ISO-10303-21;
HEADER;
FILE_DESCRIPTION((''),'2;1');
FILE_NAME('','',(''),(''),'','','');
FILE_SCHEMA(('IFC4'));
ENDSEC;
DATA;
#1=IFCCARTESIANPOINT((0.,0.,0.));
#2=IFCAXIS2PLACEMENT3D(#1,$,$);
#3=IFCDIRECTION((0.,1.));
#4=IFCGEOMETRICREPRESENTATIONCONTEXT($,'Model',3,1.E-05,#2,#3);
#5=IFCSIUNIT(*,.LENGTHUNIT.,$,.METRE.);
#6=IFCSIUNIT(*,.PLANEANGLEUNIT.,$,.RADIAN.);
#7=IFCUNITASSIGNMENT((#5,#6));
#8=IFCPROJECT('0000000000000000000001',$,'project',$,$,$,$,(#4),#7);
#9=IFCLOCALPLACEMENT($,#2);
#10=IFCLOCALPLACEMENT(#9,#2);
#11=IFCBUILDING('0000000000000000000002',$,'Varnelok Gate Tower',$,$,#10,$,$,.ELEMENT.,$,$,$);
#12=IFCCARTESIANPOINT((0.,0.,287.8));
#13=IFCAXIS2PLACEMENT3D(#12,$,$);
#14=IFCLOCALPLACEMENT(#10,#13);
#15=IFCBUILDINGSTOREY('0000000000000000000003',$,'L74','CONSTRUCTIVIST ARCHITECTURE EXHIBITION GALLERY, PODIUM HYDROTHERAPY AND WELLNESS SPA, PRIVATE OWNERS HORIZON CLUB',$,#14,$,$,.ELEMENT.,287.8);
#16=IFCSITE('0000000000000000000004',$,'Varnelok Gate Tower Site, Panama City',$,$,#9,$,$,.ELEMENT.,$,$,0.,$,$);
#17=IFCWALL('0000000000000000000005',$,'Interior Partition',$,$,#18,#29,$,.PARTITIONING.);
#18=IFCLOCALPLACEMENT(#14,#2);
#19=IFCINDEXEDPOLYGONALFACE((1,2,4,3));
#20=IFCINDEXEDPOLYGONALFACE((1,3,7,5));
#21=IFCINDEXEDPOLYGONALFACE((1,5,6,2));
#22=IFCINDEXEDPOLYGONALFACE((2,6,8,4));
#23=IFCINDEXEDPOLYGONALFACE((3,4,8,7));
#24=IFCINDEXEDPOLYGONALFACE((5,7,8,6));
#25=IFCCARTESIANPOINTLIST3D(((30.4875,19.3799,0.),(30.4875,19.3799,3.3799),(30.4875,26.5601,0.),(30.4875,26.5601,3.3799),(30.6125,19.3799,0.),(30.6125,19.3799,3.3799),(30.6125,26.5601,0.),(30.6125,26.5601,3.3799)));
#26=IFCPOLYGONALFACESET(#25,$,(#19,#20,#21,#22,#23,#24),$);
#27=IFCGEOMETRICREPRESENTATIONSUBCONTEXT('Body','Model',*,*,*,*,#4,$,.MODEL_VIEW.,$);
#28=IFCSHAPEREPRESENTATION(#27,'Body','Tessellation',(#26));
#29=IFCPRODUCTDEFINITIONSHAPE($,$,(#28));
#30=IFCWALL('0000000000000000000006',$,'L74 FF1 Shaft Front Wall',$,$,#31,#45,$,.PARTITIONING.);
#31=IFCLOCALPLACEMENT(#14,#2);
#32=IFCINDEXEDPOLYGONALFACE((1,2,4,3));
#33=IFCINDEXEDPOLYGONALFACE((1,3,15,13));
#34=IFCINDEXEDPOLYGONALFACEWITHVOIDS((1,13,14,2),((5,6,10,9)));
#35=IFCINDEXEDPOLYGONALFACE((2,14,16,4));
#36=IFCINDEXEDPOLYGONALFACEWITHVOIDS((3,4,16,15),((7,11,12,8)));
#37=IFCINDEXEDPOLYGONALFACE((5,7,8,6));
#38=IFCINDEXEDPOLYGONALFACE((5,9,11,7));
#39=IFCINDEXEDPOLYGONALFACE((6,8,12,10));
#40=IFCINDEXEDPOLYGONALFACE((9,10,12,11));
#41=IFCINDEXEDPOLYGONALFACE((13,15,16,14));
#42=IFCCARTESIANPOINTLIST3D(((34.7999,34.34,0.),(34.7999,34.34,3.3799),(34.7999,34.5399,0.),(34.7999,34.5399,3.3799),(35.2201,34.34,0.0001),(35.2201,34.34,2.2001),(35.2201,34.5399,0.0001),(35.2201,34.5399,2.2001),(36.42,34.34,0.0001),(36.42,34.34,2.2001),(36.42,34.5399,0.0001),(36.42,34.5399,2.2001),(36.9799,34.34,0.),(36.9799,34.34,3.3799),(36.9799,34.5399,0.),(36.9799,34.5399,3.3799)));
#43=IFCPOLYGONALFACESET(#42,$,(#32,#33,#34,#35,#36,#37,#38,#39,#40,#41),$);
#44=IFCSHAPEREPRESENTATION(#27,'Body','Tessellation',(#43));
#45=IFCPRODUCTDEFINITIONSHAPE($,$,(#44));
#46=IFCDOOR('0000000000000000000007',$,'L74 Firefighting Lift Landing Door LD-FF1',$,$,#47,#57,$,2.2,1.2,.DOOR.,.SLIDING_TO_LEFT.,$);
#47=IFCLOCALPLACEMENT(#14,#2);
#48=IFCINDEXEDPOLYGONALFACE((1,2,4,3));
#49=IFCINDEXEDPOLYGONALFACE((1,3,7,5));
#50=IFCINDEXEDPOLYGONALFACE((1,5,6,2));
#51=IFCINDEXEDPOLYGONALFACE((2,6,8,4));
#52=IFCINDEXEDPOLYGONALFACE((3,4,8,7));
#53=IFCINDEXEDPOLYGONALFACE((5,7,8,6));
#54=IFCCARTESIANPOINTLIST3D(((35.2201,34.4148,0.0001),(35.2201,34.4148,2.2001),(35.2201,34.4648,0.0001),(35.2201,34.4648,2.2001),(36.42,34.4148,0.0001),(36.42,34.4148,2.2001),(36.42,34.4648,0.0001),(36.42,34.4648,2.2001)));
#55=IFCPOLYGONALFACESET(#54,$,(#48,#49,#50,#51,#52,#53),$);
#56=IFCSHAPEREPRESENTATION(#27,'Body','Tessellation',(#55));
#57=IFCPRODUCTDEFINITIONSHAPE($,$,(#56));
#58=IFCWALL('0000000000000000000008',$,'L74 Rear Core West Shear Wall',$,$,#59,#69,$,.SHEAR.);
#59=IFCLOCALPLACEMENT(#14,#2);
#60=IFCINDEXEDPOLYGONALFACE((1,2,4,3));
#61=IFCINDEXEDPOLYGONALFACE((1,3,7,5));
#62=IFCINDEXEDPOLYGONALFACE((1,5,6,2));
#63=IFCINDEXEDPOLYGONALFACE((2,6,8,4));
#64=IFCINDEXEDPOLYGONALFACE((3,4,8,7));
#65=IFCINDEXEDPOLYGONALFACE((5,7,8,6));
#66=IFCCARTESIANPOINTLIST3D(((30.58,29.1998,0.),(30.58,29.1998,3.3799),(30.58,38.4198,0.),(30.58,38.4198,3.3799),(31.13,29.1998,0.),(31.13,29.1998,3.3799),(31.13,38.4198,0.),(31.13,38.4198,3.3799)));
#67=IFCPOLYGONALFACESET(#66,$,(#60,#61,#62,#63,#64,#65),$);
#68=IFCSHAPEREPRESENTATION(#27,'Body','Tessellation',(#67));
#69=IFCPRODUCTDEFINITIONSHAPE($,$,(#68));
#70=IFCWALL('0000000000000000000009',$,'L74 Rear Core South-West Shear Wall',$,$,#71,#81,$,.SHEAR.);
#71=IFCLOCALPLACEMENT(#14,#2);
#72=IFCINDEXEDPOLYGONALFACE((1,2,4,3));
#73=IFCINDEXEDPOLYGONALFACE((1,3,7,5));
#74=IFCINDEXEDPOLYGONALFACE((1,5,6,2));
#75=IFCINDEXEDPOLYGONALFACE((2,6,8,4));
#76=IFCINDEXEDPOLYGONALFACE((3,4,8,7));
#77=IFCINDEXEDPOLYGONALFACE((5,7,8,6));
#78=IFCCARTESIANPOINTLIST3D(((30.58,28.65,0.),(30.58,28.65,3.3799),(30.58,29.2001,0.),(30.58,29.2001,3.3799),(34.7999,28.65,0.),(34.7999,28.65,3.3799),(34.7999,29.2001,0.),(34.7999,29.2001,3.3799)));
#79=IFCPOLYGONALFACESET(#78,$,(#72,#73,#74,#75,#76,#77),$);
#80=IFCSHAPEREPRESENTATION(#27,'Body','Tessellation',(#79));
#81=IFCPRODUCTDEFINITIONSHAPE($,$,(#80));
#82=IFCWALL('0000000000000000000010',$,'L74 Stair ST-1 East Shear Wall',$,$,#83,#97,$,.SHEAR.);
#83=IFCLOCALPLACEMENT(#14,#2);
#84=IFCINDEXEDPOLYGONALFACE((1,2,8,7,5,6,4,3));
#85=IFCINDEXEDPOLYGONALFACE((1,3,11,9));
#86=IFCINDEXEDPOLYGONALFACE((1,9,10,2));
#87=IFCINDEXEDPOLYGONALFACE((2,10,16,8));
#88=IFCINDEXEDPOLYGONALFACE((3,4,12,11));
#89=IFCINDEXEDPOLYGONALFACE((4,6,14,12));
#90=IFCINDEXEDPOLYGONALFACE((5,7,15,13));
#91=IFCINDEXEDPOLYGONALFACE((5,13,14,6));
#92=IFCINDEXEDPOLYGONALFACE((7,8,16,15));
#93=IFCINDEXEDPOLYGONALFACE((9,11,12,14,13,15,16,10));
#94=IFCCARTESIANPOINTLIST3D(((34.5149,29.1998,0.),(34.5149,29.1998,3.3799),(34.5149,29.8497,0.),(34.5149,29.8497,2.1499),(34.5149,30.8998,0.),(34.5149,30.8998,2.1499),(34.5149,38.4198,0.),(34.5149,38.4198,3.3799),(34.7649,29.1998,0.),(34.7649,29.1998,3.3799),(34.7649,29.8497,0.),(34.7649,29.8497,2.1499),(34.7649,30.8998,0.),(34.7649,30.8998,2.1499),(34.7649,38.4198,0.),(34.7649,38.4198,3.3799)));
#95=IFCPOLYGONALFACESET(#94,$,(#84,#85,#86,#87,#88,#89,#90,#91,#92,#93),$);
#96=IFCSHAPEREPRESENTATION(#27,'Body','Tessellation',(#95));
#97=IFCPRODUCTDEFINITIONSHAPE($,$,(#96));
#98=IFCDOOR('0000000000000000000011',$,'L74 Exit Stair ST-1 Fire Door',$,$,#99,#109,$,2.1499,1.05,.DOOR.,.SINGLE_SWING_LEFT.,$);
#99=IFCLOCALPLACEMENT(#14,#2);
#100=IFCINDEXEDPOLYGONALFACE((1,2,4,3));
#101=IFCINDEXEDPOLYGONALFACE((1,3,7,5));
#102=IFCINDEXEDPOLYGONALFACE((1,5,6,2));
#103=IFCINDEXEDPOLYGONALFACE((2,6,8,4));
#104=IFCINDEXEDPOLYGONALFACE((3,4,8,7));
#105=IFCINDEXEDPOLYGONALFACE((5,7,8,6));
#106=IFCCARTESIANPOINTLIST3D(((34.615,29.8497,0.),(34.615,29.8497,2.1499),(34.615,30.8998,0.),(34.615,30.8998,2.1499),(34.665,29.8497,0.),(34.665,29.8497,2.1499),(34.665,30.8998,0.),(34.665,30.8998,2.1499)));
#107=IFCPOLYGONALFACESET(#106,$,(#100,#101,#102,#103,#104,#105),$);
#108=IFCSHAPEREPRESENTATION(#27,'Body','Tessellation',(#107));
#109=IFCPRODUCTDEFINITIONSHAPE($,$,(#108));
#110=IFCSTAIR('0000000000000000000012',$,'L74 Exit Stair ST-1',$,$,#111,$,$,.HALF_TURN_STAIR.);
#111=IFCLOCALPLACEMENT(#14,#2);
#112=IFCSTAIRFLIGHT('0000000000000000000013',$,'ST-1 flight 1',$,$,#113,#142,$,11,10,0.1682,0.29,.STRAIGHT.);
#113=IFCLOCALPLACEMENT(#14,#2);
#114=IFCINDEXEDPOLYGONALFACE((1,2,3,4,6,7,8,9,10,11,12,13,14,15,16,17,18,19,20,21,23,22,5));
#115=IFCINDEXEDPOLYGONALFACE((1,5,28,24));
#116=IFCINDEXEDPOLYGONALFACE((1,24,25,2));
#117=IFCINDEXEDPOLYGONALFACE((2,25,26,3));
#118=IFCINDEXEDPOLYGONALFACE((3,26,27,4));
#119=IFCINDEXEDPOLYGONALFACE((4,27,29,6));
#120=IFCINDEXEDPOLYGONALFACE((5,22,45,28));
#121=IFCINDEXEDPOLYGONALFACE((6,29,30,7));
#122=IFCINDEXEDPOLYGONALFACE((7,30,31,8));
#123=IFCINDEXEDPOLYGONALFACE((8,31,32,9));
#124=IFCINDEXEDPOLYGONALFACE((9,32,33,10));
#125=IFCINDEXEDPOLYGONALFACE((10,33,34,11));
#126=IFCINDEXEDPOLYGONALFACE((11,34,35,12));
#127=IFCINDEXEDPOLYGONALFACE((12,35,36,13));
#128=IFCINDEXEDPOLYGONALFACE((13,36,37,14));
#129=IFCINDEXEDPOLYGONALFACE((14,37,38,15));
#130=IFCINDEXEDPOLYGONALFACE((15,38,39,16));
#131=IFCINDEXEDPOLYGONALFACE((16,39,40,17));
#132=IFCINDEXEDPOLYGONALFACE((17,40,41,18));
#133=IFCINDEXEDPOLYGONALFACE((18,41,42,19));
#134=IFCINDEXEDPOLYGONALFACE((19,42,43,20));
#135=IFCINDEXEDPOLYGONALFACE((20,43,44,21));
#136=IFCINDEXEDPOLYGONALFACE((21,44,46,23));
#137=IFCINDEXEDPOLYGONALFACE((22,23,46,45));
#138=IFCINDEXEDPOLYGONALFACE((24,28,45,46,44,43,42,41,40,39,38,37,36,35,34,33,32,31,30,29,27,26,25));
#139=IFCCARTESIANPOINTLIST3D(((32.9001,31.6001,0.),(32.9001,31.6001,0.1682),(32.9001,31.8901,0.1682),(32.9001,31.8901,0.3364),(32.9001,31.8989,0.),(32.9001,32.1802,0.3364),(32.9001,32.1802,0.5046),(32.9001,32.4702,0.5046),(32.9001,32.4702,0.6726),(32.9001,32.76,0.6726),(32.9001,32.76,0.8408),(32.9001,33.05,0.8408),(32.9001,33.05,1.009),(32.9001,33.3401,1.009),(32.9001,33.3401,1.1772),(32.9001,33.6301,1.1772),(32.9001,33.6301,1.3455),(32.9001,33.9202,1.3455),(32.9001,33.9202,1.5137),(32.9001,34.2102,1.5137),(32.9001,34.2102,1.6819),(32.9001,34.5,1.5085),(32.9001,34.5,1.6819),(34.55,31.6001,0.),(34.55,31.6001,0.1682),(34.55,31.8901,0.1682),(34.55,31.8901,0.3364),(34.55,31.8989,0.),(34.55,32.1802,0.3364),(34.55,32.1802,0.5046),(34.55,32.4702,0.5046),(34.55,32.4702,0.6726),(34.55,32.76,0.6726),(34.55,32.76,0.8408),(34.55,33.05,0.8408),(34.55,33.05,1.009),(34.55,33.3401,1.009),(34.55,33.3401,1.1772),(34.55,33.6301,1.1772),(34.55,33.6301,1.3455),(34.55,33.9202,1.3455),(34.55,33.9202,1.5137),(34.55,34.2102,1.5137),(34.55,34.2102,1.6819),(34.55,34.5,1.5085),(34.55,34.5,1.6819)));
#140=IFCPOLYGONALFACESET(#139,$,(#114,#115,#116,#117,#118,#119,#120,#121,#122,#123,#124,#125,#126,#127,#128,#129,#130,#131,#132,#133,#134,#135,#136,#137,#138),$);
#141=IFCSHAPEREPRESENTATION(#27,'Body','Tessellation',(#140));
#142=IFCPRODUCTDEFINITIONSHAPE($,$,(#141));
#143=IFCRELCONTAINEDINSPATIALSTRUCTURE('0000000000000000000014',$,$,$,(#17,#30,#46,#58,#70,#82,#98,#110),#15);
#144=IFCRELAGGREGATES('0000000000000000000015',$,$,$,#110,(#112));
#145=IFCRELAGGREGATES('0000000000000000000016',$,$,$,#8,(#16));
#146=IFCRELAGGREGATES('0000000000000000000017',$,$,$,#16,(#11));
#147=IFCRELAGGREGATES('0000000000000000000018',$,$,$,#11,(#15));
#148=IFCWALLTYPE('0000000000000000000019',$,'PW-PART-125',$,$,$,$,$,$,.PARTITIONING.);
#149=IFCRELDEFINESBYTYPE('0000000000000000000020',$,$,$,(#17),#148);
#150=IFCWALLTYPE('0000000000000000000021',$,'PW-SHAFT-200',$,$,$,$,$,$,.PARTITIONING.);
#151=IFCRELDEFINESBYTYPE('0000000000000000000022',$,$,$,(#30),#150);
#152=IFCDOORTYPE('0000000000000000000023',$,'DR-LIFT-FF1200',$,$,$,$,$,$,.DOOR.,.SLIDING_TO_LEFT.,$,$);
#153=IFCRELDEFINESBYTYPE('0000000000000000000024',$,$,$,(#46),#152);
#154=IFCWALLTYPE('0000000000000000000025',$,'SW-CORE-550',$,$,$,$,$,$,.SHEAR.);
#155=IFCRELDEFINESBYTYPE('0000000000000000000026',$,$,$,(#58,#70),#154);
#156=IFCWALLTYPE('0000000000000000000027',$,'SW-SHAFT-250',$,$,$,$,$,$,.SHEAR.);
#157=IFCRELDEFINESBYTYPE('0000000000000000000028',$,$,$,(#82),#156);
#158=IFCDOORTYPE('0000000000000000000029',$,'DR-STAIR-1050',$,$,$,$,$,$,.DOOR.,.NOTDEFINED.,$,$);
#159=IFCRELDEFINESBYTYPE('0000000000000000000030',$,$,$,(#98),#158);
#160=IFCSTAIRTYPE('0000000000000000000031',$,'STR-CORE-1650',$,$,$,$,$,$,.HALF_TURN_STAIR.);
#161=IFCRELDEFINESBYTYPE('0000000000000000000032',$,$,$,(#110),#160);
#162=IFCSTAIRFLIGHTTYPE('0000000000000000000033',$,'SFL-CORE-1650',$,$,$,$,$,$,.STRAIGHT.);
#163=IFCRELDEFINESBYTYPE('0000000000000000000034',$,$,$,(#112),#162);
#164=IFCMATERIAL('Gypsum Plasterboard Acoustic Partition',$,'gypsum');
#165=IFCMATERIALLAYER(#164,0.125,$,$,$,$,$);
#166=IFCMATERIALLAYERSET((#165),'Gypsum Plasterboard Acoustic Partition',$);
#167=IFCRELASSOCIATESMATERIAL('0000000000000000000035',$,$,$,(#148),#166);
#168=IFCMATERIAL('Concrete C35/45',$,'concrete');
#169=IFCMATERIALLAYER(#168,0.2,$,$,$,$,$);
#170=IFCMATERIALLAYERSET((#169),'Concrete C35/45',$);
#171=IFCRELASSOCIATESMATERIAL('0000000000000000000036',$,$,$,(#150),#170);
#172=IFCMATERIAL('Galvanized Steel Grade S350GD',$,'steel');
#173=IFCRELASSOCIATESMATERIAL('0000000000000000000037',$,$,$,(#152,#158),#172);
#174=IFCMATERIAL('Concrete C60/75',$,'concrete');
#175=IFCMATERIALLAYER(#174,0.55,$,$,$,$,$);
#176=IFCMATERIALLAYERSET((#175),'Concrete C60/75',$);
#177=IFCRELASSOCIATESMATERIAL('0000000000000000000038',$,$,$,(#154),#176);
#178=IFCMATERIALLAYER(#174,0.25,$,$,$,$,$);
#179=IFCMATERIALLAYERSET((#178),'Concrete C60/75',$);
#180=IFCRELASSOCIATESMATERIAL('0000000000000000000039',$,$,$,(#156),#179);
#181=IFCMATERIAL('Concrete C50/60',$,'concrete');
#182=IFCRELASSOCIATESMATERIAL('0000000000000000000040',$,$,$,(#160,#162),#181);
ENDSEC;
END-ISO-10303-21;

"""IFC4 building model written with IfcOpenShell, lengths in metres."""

from ifc_helpers import new_model, si_unit, direction, frame, frame_2d, origin, place, context, subcontext, project, spatial, polyline, rectangle, outline, extrude, material, layer, layer_set, type_object, element, fill, aggregate, save


model = new_model("IFC4")

# Units and contexts
model_context = context("Model", 3, precision=1e-05, world=origin(), true_north=direction((0.0, 1.0)))
body_context = subcontext(model_context, "Body", "Model", "MODEL_VIEW")
ifc_project = project(units=[si_unit("LENGTHUNIT", "METRE"), si_unit("PLANEANGLEUNIT", "RADIAN")], contexts=[model_context])

# Site, building, storey
site_placement = place(None, origin())
site = spatial("IfcSite", under=ifc_project, at=site_placement, Name="Varnelok Gate Tower Site, Panama City", CompositionType="ELEMENT", RefElevation=0.0)
building_placement = place(site_placement, origin())
building = spatial("IfcBuilding", under=site, at=building_placement, Name="Varnelok Gate Tower", CompositionType="ELEMENT")
storey_placement = place(building_placement, frame((0.0, 0.0, 287.8)))
storey = spatial("IfcBuildingStorey", under=building, at=storey_placement, Name="L74", Description="CONSTRUCTIVIST ARCHITECTURE EXHIBITION GALLERY, PODIUM HYDROTHERAPY AND WELLNESS SPA, PRIVATE OWNERS HORIZON CLUB", CompositionType="ELEMENT", Elevation=287.8)

# Shared definitions
ifc_material_1 = material(Name="Concrete C50/60", Category="concrete")

# Shared definitions
ifc_material_2 = material(Name="Concrete C60/75", Category="concrete")

# Wall
ifc_material_3 = material(Name="Gypsum Plasterboard Acoustic Partition", Category="gypsum")
ifc_layer_1 = layer(ifc_material_3, 0.125)
ifc_layer_set_1 = layer_set([ifc_layer_1], Name="Gypsum Plasterboard Acoustic Partition")
wall_type_1 = type_object("IfcWallType", Name="PW-PART-125", PredefinedType="PARTITIONING", material=ifc_layer_set_1)
wall_1_placement = place(storey_placement, frame((30.55, 19.3799, 0.0), z_axis=(0.0, 0.0, 1.0), x_axis=(0.0, 1.0, 0.0)))
element("IfcWall", 1, at=wall_1_placement, inside=storey, type_object=wall_type_1, Name="Interior Partition", PredefinedType="PARTITIONING", context=body_context, shape_type="SweptSolid", body=[
    extrude(rectangle(XDim=7.1802, YDim=0.125, at=frame_2d((3.5901, 0.0))), origin(), (0.0, 0.0, 1.0), 3.3799),
])

# Wall, opening, door
ifc_material_4 = material(Name="Concrete C35/45", Category="concrete")
ifc_layer_2 = layer(ifc_material_4, 0.2)
ifc_layer_set_2 = layer_set([ifc_layer_2], Name="Concrete C35/45")
wall_type_2 = type_object("IfcWallType", Name="PW-SHAFT-200", PredefinedType="PARTITIONING", material=ifc_layer_set_2)
wall_2_placement = place(storey_placement, frame((34.8, 34.4399, 0.0), z_axis=(0.0, 0.0, 1.0), x_axis=(1.0, 0.0, 0.0)))
wall_2 = element("IfcWall", 2, at=wall_2_placement, inside=storey, type_object=wall_type_2, Name="L74 FF1 Shaft Front Wall", PredefinedType="PARTITIONING", context=body_context, shape_type="SweptSolid", body=[
    extrude(rectangle(XDim=2.1799, YDim=0.2, at=frame_2d((1.0898, 0.0))), origin(), (0.0, 0.0, 1.0), 3.3799),
])
opening_1_placement = place(wall_2_placement, frame((0.4199, 0.0, 0.0)))
opening_1 = element("IfcOpeningElement", 3, at=opening_1_placement, cuts=wall_2, PredefinedType="OPENING", context=body_context, shape_type="SweptSolid", body=[
    extrude(rectangle(XDim=1.2, YDim=2.2, at=frame_2d((0.6001, 1.1001))), frame((0.0, 0.1099, 0.0), z_axis=(0.0, -1.0, 0.0), x_axis=(1.0, 0.0, 0.0)), (0.0, 0.0, 1.0), 0.22),
])
ifc_material_5 = material(Name="Galvanized Steel Grade S350GD", Category="steel")
door_type_1 = type_object("IfcDoorType", Name="DR-LIFT-FF1200", OperationType="SLIDING_TO_LEFT", PredefinedType="DOOR", material=ifc_material_5)
door_1_placement = place(opening_1_placement, origin())
door_1 = element("IfcDoor", 4, at=door_1_placement, inside=storey, type_object=door_type_1, Name="L74 Firefighting Lift Landing Door LD-FF1", OperationType="SLIDING_TO_LEFT", OverallHeight=2.2, OverallWidth=1.2, PredefinedType="DOOR", context=body_context, shape_type="SweptSolid", body=[
    extrude(rectangle(XDim=1.2, YDim=2.2, at=frame_2d((0.6001, 1.1001))), frame((0.0, 0.0249, 0.0), z_axis=(0.0, -1.0, 0.0), x_axis=(1.0, 0.0, 0.0)), (0.0, 0.0, 1.0), 0.05),
])
fill(opening_1, door_1)

# Walls
ifc_layer_3 = layer(ifc_material_2, 0.55)
ifc_layer_set_3 = layer_set([ifc_layer_3], Name="Concrete C60/75")
wall_type_3 = type_object("IfcWallType", Name="SW-CORE-550", PredefinedType="SHEAR", material=ifc_layer_set_3)
wall_3_placement = place(storey_placement, frame((30.855, 29.2, 0.0), z_axis=(0.0, 0.0, 1.0), x_axis=(0.0, 1.0, 0.0)))
element("IfcWall", 5, at=wall_3_placement, inside=storey, type_object=wall_type_3, Name="L74 Rear Core West Shear Wall", PredefinedType="SHEAR", context=body_context, shape_type="SweptSolid", body=[
    extrude(rectangle(XDim=9.22, YDim=0.55, at=frame_2d((4.6099, 0.0))), origin(), (0.0, 0.0, 1.0), 3.3799),
])
wall_4_placement = place(storey_placement, frame((30.5801, 28.925, 0.0), z_axis=(0.0, 0.0, 1.0), x_axis=(1.0, 0.0, 0.0)))
element("IfcWall", 6, at=wall_4_placement, inside=storey, type_object=wall_type_3, Name="L74 Rear Core South-West Shear Wall", PredefinedType="SHEAR", context=body_context, shape_type="SweptSolid", body=[
    extrude(rectangle(XDim=4.22, YDim=0.55, at=frame_2d((2.1099, 0.0))), origin(), (0.0, 0.0, 1.0), 3.3799),
])

# Wall, opening, door
ifc_layer_4 = layer(ifc_material_2, 0.25)
ifc_layer_set_4 = layer_set([ifc_layer_4], Name="Concrete C60/75")
wall_type_4 = type_object("IfcWallType", Name="SW-SHAFT-250", PredefinedType="SHEAR", material=ifc_layer_set_4)
wall_5_placement = place(storey_placement, frame((34.6399, 29.2, 0.0), z_axis=(0.0, 0.0, 1.0), x_axis=(0.0, 1.0, 0.0)))
wall_5 = element("IfcWall", 7, at=wall_5_placement, inside=storey, type_object=wall_type_4, Name="L74 Stair ST-1 East Shear Wall", PredefinedType="SHEAR", context=body_context, shape_type="SweptSolid", body=[
    extrude(rectangle(XDim=9.22, YDim=0.25, at=frame_2d((4.6099, 0.0))), origin(), (0.0, 0.0, 1.0), 3.3799),
])
opening_2_placement = place(wall_5_placement, frame((0.6499, 0.0, 0.0)))
opening_2 = element("IfcOpeningElement", 8, at=opening_2_placement, cuts=wall_5, PredefinedType="OPENING", context=body_context, shape_type="SweptSolid", body=[
    extrude(rectangle(XDim=1.05, YDim=2.1499, at=frame_2d((0.5249, 1.075))), frame((0.0, 0.135, 0.0), z_axis=(0.0, -1.0, 0.0), x_axis=(1.0, 0.0, 0.0)), (0.0, 0.0, 1.0), 0.27),
])
door_type_2 = type_object("IfcDoorType", Name="DR-STAIR-1050", OperationType="NOTDEFINED", PredefinedType="DOOR", material=ifc_material_5)
door_2_placement = place(opening_2_placement, origin())
door_2 = element("IfcDoor", 9, at=door_2_placement, inside=storey, type_object=door_type_2, Name="L74 Exit Stair ST-1 Fire Door", OperationType="SINGLE_SWING_LEFT", OverallHeight=2.1499, OverallWidth=1.05, PredefinedType="DOOR", context=body_context, shape_type="SweptSolid", body=[
    extrude(rectangle(XDim=1.05, YDim=2.1499, at=frame_2d((0.5249, 1.075))), frame((0.0, 0.0249, 0.0), z_axis=(0.0, -1.0, 0.0), x_axis=(1.0, 0.0, 0.0)), (0.0, 0.0, 1.0), 0.05),
])
fill(opening_2, door_2)

# Stair, stair flight
stair_type = type_object("IfcStairType", Name="STR-CORE-1650", PredefinedType="HALF_TURN_STAIR", material=ifc_material_1)
stair_placement = place(storey_placement, origin())
stair = element("IfcStair", 10, at=stair_placement, inside=storey, type_object=stair_type, Name="L74 Exit Stair ST-1", PredefinedType="HALF_TURN_STAIR")
stair_flight_type = type_object("IfcStairFlightType", Name="SFL-CORE-1650", PredefinedType="STRAIGHT", material=ifc_material_1)
stair_flight_placement = place(storey_placement, frame((33.7251, 31.6001, 0.0), z_axis=(0.0, 0.0, 1.0), x_axis=(0.0, 1.0, 0.0)))
stair_flight = element("IfcStairFlight", 11, at=stair_flight_placement, type_object=stair_flight_type, Name="ST-1 flight 1", NumberOfRisers=11, NumberOfTreads=10, PredefinedType="STRAIGHT", RiserHeight=0.1682, TreadLength=0.29, context=body_context, shape_type="SweptSolid", body=[
    extrude(outline(polyline([(0.0, 0.0), (0.0, 0.1682), (0.29, 0.1682), (0.29, 0.3364), (0.5801, 0.3364), (0.5801, 0.5046), (0.8701, 0.5046), (0.8701, 0.6726), (1.1599, 0.6726), (1.1599, 0.8408), (1.45, 0.8408), (1.45, 1.009), (1.74, 1.009), (1.74, 1.1772), (2.03, 1.1772), (2.03, 1.3455), (2.3201, 1.3455), (2.3201, 1.5137), (2.6101, 1.5137), (2.6101, 1.6819), (2.8999, 1.6819), (2.8999, 1.8501), (2.8999, 1.5085), (0.2988, 0.0), (0.0, 0.0)])), frame((0.0, 0.825, 0.0), z_axis=(0.0, -1.0, 0.0), x_axis=(1.0, 0.0, 0.0)), (0.0, 0.0, 1.0), 1.6499),
])
aggregate(stair, [stair_flight])

save(model, "model.ifc")
